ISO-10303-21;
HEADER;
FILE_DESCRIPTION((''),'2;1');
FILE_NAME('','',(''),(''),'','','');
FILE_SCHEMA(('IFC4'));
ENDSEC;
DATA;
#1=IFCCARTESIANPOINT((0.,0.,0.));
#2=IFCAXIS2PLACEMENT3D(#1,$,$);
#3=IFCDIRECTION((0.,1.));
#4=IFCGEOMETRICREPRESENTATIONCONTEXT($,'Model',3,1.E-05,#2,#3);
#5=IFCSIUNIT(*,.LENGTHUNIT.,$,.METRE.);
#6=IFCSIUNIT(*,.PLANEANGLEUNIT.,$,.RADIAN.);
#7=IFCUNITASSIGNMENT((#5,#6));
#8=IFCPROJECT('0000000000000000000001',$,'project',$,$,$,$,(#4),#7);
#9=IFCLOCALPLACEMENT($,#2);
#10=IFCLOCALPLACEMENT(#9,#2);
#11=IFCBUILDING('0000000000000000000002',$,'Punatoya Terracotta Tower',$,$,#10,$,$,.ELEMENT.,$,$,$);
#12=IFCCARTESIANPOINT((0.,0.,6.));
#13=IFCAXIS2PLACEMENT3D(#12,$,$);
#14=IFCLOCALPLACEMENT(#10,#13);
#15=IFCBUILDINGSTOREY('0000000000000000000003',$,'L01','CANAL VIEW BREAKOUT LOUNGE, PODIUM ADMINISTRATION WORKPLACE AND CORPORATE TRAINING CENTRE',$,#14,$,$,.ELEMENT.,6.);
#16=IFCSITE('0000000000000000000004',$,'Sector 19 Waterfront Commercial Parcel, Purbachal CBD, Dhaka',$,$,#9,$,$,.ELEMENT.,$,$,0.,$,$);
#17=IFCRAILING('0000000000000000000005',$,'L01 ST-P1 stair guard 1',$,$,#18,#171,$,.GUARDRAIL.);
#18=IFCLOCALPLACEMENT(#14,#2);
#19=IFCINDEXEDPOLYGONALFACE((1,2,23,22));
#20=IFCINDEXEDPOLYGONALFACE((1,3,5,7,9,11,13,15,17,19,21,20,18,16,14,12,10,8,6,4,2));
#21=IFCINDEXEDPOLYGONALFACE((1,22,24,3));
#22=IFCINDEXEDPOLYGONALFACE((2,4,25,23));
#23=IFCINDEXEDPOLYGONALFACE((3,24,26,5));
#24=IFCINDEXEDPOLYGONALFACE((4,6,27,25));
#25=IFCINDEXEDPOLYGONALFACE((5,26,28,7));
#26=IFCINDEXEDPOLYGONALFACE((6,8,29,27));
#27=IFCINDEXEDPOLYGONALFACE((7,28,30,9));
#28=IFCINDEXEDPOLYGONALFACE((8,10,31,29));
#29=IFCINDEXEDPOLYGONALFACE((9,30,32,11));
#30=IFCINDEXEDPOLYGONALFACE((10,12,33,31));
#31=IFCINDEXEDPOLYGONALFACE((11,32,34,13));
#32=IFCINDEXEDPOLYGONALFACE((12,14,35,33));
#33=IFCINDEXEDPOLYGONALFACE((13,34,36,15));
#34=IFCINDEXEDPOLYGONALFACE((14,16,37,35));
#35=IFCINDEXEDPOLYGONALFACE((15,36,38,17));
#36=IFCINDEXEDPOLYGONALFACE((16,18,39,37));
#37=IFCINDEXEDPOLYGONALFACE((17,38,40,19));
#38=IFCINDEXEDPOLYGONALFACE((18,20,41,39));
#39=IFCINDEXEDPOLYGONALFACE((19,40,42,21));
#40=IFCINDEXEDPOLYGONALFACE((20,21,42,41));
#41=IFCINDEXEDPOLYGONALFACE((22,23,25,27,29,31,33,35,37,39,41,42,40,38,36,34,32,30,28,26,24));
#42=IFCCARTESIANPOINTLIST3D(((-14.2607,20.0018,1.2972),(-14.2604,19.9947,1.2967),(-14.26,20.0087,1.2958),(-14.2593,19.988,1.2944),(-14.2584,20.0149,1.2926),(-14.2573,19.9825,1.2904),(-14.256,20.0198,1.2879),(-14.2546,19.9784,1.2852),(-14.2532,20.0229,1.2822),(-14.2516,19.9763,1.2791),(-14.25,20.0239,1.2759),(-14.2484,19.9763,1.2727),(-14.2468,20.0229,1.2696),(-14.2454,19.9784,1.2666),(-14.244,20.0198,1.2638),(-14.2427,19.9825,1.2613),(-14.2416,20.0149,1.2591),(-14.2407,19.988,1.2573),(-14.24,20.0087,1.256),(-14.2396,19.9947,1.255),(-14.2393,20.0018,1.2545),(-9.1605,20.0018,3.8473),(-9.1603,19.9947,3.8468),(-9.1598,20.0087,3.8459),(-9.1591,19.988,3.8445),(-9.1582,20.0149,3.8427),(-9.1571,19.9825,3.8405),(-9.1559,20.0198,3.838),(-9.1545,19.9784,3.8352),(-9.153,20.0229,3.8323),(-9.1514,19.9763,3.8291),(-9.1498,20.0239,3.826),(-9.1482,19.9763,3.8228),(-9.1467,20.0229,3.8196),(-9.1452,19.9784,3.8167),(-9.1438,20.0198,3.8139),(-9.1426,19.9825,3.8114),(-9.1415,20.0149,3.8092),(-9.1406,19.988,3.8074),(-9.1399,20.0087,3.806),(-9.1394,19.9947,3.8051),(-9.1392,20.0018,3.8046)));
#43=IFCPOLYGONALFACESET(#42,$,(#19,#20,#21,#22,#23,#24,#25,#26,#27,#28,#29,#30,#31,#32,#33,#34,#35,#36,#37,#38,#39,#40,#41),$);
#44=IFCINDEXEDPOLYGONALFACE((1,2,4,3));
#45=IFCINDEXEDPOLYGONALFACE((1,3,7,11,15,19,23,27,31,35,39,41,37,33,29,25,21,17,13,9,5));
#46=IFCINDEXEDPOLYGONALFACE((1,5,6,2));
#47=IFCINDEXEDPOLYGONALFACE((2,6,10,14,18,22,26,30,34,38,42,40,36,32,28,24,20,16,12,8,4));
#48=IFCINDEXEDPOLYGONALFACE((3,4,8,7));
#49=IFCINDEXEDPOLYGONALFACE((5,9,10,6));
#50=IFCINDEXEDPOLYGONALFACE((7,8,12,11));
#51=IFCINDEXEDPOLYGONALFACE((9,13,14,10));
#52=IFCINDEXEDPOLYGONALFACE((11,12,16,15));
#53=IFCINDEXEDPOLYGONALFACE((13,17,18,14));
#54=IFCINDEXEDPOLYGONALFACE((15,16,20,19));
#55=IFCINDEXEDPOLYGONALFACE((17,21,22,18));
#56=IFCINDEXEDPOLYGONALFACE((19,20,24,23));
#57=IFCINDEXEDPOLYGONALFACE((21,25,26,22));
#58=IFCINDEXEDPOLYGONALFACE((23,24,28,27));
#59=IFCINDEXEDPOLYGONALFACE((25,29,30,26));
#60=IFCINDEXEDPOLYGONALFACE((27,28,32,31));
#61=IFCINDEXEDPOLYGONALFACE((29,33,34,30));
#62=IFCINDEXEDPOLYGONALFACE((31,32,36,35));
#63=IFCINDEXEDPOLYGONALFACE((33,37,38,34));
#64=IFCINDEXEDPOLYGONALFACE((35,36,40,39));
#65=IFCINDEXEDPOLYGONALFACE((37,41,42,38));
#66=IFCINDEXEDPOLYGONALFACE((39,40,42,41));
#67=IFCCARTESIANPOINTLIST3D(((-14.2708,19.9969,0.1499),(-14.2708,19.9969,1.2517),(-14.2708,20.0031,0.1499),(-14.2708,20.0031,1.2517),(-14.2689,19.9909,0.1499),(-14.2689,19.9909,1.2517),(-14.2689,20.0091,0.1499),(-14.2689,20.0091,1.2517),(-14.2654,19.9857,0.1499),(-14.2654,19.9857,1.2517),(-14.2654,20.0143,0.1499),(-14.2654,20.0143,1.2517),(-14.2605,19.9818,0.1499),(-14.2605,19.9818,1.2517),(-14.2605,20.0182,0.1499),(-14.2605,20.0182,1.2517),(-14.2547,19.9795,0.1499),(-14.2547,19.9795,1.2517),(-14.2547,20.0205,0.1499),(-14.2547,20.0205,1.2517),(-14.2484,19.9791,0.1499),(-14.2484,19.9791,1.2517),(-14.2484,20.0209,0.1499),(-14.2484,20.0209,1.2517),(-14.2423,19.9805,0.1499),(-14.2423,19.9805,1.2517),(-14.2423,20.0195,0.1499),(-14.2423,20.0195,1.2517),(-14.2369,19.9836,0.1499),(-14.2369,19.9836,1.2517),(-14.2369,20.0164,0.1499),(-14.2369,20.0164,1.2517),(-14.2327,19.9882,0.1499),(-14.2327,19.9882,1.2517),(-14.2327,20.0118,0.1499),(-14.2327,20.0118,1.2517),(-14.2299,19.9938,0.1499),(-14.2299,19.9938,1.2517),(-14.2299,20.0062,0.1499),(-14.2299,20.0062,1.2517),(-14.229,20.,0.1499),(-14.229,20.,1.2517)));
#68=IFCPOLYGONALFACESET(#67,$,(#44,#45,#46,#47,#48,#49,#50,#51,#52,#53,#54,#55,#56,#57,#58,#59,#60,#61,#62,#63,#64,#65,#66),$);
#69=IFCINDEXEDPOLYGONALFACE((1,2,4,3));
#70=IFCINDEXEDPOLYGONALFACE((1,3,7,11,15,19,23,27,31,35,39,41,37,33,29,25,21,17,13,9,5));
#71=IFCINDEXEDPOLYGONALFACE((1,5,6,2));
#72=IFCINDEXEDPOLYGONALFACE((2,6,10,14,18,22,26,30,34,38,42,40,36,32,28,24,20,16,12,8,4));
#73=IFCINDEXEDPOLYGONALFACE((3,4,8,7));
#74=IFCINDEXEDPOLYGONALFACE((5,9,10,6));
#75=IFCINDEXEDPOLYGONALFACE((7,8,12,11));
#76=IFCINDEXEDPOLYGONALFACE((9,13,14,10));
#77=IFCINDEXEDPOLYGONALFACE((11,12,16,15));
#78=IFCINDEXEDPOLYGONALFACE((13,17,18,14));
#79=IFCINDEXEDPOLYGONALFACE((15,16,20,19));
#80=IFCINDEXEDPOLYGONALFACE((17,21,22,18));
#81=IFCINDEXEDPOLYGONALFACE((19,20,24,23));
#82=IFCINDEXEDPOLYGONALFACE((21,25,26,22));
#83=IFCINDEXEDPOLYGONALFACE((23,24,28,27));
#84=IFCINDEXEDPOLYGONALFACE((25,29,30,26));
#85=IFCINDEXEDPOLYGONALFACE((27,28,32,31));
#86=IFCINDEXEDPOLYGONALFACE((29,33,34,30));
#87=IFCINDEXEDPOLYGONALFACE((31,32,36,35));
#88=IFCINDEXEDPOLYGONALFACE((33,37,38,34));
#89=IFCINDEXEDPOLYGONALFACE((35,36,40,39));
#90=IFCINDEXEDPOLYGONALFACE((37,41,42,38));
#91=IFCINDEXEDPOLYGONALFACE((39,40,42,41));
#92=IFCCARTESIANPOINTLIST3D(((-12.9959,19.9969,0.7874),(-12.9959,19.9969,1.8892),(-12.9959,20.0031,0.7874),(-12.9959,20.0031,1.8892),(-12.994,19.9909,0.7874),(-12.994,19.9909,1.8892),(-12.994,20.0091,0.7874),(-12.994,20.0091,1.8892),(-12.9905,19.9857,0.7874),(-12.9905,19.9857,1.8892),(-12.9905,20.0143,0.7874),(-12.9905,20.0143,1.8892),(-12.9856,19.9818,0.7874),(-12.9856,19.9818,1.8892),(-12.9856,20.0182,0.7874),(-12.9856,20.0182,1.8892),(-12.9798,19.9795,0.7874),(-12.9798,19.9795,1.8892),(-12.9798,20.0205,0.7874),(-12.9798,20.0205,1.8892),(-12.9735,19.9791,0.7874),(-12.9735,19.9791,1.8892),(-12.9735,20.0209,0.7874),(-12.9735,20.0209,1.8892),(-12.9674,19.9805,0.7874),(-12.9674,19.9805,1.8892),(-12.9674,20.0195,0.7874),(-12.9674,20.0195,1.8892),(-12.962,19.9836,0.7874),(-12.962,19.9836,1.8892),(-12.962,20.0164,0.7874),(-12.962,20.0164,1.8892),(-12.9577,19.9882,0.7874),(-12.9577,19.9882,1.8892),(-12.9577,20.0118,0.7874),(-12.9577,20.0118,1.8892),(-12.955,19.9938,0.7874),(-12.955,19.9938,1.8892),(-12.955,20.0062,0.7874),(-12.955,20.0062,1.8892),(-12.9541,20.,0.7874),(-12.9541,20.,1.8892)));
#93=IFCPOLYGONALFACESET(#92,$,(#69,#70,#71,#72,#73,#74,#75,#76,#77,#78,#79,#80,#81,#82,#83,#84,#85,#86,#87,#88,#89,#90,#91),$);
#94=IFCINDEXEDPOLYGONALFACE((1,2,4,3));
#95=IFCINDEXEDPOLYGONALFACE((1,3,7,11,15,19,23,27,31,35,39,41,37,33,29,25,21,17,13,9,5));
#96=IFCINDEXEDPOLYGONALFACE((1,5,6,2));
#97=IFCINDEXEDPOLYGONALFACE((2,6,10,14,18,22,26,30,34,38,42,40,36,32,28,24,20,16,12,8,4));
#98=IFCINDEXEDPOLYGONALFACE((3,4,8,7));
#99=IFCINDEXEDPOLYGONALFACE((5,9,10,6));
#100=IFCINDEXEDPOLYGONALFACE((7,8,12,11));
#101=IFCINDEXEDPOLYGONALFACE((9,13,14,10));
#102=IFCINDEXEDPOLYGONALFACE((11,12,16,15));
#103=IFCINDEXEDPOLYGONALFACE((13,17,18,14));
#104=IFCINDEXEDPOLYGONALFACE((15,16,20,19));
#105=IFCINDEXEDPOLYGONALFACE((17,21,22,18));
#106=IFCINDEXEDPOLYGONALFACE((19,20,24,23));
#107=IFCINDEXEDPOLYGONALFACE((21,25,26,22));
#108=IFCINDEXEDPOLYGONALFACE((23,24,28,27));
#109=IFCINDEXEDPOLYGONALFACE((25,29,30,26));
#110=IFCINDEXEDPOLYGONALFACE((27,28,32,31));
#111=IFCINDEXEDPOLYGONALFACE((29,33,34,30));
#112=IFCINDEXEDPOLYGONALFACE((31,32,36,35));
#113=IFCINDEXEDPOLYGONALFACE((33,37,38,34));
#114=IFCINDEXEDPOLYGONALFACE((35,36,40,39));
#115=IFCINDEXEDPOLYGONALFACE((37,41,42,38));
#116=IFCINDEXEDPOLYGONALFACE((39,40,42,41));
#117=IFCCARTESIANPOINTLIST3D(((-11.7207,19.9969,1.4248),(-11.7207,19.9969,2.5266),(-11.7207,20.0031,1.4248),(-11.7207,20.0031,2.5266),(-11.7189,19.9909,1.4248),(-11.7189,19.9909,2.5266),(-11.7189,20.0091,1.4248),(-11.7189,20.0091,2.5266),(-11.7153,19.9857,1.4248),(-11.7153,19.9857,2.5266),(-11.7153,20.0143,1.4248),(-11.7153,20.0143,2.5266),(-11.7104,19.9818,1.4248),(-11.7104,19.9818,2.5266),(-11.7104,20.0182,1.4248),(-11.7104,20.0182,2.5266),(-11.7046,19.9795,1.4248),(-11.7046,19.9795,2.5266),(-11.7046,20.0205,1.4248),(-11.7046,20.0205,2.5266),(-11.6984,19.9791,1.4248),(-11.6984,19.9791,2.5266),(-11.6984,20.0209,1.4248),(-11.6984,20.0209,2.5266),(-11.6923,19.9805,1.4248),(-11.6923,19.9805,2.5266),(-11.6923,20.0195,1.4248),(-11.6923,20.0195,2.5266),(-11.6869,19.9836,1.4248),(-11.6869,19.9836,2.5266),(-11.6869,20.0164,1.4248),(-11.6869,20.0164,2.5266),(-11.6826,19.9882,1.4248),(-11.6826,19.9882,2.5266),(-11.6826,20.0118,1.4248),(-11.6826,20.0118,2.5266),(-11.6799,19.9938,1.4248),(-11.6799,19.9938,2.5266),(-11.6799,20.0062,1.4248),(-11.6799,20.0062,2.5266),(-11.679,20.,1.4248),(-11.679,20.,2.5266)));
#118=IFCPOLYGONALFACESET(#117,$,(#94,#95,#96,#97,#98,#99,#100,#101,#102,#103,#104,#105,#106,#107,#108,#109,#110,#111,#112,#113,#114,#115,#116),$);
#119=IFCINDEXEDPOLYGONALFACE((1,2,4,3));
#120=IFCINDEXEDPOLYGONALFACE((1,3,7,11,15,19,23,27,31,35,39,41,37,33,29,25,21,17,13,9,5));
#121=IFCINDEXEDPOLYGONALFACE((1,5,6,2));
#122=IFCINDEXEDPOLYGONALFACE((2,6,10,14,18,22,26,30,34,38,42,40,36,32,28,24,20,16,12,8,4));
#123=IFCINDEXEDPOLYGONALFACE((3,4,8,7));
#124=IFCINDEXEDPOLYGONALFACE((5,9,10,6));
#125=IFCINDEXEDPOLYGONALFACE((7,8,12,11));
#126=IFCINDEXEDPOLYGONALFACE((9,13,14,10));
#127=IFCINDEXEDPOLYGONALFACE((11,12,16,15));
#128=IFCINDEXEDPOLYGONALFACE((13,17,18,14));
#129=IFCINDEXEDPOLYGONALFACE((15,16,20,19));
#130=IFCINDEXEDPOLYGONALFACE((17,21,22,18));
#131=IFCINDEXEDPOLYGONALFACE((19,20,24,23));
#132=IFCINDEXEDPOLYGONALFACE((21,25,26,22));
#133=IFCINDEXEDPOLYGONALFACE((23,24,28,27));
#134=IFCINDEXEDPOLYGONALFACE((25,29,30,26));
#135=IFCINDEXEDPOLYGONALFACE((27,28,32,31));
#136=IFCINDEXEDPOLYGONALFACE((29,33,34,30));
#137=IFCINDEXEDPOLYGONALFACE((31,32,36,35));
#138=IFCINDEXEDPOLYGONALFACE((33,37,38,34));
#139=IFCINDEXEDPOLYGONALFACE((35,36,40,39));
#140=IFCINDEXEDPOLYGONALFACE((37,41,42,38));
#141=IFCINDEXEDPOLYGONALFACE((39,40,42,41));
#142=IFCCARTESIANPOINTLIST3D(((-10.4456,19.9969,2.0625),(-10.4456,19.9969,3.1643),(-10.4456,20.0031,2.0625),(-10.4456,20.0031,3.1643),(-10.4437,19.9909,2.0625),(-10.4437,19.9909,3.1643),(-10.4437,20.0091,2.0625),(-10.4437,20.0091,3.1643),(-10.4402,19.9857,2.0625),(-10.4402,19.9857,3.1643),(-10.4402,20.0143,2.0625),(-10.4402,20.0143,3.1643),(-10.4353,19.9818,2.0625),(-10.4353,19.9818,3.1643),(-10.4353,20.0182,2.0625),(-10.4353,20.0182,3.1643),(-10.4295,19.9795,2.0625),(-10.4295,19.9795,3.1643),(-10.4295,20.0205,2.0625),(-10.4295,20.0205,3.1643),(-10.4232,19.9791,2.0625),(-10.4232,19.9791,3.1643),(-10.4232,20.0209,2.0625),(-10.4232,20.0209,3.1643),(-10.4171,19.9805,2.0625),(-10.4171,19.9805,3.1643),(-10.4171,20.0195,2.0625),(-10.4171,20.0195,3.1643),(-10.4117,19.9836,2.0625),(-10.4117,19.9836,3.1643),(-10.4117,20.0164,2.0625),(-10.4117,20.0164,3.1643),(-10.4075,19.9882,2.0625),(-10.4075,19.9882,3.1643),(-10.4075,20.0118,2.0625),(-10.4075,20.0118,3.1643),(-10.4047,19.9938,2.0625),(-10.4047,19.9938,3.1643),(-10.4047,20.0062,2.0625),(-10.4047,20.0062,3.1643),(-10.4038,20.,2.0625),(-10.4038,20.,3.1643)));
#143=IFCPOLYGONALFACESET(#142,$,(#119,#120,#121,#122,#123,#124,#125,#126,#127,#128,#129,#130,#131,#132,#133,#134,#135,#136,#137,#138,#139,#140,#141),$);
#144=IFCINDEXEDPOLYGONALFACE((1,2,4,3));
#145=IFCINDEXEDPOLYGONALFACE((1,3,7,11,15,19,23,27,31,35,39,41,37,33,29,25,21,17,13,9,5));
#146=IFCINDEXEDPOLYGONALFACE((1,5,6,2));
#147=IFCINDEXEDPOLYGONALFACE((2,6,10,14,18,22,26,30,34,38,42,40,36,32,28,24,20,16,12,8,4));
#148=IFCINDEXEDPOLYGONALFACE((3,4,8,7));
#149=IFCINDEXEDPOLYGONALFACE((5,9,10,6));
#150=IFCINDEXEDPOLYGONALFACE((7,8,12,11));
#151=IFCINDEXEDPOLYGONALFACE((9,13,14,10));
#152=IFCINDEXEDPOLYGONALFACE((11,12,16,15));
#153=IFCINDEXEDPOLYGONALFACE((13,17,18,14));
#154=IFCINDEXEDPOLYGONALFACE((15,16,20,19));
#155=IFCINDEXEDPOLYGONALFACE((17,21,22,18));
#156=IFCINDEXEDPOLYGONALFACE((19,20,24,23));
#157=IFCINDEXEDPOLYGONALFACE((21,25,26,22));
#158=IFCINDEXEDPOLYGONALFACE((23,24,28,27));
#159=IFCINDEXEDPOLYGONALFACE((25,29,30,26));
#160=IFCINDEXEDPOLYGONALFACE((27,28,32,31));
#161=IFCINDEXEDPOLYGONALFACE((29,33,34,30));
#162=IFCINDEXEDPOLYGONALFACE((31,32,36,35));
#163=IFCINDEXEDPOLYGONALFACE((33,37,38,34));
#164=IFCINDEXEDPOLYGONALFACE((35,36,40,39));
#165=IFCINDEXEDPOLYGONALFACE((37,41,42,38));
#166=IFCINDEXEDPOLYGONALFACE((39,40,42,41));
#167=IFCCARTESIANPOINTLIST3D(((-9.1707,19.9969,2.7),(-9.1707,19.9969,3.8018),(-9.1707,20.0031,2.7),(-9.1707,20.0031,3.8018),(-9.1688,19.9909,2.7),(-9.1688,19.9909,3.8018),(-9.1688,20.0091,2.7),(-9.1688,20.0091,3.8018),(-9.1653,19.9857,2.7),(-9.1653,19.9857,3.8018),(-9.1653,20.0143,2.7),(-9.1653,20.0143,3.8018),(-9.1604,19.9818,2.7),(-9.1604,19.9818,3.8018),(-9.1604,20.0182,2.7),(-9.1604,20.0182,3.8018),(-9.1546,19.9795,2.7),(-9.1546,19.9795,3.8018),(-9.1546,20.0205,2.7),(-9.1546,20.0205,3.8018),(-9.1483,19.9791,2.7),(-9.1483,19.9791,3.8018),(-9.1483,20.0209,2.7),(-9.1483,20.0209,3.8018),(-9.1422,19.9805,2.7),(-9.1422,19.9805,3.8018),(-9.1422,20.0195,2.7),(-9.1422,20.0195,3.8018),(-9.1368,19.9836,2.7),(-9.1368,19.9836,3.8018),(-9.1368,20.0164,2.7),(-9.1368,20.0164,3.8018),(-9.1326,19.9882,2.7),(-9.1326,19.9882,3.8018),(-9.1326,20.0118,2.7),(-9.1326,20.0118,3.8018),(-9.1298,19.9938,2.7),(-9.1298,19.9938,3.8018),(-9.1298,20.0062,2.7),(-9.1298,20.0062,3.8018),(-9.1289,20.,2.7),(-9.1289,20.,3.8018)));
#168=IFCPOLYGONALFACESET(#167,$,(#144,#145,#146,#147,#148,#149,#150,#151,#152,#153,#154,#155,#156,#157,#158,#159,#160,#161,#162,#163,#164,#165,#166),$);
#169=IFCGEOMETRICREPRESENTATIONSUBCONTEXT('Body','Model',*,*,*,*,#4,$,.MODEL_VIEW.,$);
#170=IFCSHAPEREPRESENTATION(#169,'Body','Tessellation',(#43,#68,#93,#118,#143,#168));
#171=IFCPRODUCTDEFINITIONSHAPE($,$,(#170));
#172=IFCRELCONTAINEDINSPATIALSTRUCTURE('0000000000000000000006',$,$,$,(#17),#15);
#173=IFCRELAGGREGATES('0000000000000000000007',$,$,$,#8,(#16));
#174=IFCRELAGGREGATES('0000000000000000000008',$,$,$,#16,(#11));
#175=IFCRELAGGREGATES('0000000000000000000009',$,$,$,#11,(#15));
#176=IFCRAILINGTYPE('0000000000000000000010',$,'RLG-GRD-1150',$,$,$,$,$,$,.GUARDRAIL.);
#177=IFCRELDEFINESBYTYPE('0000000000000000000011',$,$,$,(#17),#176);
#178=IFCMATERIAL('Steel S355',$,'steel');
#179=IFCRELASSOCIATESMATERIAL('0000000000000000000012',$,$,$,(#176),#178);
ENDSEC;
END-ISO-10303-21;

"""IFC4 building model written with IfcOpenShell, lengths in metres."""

from ifc_helpers import new_model, si_unit, direction, frame, origin, origin_2d, place, context, subcontext, project, spatial, circle, extrude, material, type_object, element, save


model = new_model("IFC4")

# Units and contexts
model_context = context("Model", 3, precision=1e-05, world=origin(), true_north=direction((0.0, 1.0)))
body_context = subcontext(model_context, "Body", "Model", "MODEL_VIEW")
ifc_project = project(units=[si_unit("LENGTHUNIT", "METRE"), si_unit("PLANEANGLEUNIT", "RADIAN")], contexts=[model_context])

# Site, building, storey
site_placement = place(None, origin())
site = spatial("IfcSite", under=ifc_project, at=site_placement, Name="Sector 19 Waterfront Commercial Parcel, Purbachal CBD, Dhaka", CompositionType="ELEMENT", RefElevation=0.0)
building_placement = place(site_placement, origin())
building = spatial("IfcBuilding", under=site, at=building_placement, Name="Punatoya Terracotta Tower", CompositionType="ELEMENT")
storey_placement = place(building_placement, frame((0.0, 0.0, 6.0)))
storey = spatial("IfcBuildingStorey", under=building, at=storey_placement, Name="L01", Description="CANAL VIEW BREAKOUT LOUNGE, PODIUM ADMINISTRATION WORKPLACE AND CORPORATE TRAINING CENTRE", CompositionType="ELEMENT", Elevation=6.0)

# Shared definitions
ifc_material_1 = material(Name="Steel S355", Category="steel")

# Railing
railing_type_1 = type_object("IfcRailingType", Name="RLG-GRD-1150", PredefinedType="GUARDRAIL", material=ifc_material_1)
railing_1_placement = place(storey_placement, frame((-14.25, 20.0, 0.1499)))
element("IfcRailing", 1, at=railing_1_placement, inside=storey, type_object=railing_type_1, Name="L01 ST-P1 stair guard 1", PredefinedType="GUARDRAIL", context=body_context, shape_type="SweptSolid", body=[
    extrude(circle(Radius=0.0239, at=origin_2d()), frame((0.0, 0.0, 1.126), z_axis=(0.894427, 0.0, 0.447214), x_axis=(0.0, 1.0, 0.0)), (0.0, 0.0, 1.0), 5.7021),
    extrude(circle(Radius=0.021, at=origin_2d()), origin(), (0.0, 0.0, 1.0), 1.1018),
    extrude(circle(Radius=0.021, at=origin_2d()), frame((1.2749, 0.0, 0.6375)), (0.0, 0.0, 1.0), 1.1018),
    extrude(circle(Radius=0.021, at=origin_2d()), frame((2.55, 0.0, 1.2749)), (0.0, 0.0, 1.0), 1.1018),
    extrude(circle(Radius=0.021, at=origin_2d()), frame((3.8252, 0.0, 1.9126)), (0.0, 0.0, 1.0), 1.1018),
    extrude(circle(Radius=0.021, at=origin_2d()), frame((5.1001, 0.0, 2.55)), (0.0, 0.0, 1.0), 1.1018),
])

save(model, "model.ifc")
